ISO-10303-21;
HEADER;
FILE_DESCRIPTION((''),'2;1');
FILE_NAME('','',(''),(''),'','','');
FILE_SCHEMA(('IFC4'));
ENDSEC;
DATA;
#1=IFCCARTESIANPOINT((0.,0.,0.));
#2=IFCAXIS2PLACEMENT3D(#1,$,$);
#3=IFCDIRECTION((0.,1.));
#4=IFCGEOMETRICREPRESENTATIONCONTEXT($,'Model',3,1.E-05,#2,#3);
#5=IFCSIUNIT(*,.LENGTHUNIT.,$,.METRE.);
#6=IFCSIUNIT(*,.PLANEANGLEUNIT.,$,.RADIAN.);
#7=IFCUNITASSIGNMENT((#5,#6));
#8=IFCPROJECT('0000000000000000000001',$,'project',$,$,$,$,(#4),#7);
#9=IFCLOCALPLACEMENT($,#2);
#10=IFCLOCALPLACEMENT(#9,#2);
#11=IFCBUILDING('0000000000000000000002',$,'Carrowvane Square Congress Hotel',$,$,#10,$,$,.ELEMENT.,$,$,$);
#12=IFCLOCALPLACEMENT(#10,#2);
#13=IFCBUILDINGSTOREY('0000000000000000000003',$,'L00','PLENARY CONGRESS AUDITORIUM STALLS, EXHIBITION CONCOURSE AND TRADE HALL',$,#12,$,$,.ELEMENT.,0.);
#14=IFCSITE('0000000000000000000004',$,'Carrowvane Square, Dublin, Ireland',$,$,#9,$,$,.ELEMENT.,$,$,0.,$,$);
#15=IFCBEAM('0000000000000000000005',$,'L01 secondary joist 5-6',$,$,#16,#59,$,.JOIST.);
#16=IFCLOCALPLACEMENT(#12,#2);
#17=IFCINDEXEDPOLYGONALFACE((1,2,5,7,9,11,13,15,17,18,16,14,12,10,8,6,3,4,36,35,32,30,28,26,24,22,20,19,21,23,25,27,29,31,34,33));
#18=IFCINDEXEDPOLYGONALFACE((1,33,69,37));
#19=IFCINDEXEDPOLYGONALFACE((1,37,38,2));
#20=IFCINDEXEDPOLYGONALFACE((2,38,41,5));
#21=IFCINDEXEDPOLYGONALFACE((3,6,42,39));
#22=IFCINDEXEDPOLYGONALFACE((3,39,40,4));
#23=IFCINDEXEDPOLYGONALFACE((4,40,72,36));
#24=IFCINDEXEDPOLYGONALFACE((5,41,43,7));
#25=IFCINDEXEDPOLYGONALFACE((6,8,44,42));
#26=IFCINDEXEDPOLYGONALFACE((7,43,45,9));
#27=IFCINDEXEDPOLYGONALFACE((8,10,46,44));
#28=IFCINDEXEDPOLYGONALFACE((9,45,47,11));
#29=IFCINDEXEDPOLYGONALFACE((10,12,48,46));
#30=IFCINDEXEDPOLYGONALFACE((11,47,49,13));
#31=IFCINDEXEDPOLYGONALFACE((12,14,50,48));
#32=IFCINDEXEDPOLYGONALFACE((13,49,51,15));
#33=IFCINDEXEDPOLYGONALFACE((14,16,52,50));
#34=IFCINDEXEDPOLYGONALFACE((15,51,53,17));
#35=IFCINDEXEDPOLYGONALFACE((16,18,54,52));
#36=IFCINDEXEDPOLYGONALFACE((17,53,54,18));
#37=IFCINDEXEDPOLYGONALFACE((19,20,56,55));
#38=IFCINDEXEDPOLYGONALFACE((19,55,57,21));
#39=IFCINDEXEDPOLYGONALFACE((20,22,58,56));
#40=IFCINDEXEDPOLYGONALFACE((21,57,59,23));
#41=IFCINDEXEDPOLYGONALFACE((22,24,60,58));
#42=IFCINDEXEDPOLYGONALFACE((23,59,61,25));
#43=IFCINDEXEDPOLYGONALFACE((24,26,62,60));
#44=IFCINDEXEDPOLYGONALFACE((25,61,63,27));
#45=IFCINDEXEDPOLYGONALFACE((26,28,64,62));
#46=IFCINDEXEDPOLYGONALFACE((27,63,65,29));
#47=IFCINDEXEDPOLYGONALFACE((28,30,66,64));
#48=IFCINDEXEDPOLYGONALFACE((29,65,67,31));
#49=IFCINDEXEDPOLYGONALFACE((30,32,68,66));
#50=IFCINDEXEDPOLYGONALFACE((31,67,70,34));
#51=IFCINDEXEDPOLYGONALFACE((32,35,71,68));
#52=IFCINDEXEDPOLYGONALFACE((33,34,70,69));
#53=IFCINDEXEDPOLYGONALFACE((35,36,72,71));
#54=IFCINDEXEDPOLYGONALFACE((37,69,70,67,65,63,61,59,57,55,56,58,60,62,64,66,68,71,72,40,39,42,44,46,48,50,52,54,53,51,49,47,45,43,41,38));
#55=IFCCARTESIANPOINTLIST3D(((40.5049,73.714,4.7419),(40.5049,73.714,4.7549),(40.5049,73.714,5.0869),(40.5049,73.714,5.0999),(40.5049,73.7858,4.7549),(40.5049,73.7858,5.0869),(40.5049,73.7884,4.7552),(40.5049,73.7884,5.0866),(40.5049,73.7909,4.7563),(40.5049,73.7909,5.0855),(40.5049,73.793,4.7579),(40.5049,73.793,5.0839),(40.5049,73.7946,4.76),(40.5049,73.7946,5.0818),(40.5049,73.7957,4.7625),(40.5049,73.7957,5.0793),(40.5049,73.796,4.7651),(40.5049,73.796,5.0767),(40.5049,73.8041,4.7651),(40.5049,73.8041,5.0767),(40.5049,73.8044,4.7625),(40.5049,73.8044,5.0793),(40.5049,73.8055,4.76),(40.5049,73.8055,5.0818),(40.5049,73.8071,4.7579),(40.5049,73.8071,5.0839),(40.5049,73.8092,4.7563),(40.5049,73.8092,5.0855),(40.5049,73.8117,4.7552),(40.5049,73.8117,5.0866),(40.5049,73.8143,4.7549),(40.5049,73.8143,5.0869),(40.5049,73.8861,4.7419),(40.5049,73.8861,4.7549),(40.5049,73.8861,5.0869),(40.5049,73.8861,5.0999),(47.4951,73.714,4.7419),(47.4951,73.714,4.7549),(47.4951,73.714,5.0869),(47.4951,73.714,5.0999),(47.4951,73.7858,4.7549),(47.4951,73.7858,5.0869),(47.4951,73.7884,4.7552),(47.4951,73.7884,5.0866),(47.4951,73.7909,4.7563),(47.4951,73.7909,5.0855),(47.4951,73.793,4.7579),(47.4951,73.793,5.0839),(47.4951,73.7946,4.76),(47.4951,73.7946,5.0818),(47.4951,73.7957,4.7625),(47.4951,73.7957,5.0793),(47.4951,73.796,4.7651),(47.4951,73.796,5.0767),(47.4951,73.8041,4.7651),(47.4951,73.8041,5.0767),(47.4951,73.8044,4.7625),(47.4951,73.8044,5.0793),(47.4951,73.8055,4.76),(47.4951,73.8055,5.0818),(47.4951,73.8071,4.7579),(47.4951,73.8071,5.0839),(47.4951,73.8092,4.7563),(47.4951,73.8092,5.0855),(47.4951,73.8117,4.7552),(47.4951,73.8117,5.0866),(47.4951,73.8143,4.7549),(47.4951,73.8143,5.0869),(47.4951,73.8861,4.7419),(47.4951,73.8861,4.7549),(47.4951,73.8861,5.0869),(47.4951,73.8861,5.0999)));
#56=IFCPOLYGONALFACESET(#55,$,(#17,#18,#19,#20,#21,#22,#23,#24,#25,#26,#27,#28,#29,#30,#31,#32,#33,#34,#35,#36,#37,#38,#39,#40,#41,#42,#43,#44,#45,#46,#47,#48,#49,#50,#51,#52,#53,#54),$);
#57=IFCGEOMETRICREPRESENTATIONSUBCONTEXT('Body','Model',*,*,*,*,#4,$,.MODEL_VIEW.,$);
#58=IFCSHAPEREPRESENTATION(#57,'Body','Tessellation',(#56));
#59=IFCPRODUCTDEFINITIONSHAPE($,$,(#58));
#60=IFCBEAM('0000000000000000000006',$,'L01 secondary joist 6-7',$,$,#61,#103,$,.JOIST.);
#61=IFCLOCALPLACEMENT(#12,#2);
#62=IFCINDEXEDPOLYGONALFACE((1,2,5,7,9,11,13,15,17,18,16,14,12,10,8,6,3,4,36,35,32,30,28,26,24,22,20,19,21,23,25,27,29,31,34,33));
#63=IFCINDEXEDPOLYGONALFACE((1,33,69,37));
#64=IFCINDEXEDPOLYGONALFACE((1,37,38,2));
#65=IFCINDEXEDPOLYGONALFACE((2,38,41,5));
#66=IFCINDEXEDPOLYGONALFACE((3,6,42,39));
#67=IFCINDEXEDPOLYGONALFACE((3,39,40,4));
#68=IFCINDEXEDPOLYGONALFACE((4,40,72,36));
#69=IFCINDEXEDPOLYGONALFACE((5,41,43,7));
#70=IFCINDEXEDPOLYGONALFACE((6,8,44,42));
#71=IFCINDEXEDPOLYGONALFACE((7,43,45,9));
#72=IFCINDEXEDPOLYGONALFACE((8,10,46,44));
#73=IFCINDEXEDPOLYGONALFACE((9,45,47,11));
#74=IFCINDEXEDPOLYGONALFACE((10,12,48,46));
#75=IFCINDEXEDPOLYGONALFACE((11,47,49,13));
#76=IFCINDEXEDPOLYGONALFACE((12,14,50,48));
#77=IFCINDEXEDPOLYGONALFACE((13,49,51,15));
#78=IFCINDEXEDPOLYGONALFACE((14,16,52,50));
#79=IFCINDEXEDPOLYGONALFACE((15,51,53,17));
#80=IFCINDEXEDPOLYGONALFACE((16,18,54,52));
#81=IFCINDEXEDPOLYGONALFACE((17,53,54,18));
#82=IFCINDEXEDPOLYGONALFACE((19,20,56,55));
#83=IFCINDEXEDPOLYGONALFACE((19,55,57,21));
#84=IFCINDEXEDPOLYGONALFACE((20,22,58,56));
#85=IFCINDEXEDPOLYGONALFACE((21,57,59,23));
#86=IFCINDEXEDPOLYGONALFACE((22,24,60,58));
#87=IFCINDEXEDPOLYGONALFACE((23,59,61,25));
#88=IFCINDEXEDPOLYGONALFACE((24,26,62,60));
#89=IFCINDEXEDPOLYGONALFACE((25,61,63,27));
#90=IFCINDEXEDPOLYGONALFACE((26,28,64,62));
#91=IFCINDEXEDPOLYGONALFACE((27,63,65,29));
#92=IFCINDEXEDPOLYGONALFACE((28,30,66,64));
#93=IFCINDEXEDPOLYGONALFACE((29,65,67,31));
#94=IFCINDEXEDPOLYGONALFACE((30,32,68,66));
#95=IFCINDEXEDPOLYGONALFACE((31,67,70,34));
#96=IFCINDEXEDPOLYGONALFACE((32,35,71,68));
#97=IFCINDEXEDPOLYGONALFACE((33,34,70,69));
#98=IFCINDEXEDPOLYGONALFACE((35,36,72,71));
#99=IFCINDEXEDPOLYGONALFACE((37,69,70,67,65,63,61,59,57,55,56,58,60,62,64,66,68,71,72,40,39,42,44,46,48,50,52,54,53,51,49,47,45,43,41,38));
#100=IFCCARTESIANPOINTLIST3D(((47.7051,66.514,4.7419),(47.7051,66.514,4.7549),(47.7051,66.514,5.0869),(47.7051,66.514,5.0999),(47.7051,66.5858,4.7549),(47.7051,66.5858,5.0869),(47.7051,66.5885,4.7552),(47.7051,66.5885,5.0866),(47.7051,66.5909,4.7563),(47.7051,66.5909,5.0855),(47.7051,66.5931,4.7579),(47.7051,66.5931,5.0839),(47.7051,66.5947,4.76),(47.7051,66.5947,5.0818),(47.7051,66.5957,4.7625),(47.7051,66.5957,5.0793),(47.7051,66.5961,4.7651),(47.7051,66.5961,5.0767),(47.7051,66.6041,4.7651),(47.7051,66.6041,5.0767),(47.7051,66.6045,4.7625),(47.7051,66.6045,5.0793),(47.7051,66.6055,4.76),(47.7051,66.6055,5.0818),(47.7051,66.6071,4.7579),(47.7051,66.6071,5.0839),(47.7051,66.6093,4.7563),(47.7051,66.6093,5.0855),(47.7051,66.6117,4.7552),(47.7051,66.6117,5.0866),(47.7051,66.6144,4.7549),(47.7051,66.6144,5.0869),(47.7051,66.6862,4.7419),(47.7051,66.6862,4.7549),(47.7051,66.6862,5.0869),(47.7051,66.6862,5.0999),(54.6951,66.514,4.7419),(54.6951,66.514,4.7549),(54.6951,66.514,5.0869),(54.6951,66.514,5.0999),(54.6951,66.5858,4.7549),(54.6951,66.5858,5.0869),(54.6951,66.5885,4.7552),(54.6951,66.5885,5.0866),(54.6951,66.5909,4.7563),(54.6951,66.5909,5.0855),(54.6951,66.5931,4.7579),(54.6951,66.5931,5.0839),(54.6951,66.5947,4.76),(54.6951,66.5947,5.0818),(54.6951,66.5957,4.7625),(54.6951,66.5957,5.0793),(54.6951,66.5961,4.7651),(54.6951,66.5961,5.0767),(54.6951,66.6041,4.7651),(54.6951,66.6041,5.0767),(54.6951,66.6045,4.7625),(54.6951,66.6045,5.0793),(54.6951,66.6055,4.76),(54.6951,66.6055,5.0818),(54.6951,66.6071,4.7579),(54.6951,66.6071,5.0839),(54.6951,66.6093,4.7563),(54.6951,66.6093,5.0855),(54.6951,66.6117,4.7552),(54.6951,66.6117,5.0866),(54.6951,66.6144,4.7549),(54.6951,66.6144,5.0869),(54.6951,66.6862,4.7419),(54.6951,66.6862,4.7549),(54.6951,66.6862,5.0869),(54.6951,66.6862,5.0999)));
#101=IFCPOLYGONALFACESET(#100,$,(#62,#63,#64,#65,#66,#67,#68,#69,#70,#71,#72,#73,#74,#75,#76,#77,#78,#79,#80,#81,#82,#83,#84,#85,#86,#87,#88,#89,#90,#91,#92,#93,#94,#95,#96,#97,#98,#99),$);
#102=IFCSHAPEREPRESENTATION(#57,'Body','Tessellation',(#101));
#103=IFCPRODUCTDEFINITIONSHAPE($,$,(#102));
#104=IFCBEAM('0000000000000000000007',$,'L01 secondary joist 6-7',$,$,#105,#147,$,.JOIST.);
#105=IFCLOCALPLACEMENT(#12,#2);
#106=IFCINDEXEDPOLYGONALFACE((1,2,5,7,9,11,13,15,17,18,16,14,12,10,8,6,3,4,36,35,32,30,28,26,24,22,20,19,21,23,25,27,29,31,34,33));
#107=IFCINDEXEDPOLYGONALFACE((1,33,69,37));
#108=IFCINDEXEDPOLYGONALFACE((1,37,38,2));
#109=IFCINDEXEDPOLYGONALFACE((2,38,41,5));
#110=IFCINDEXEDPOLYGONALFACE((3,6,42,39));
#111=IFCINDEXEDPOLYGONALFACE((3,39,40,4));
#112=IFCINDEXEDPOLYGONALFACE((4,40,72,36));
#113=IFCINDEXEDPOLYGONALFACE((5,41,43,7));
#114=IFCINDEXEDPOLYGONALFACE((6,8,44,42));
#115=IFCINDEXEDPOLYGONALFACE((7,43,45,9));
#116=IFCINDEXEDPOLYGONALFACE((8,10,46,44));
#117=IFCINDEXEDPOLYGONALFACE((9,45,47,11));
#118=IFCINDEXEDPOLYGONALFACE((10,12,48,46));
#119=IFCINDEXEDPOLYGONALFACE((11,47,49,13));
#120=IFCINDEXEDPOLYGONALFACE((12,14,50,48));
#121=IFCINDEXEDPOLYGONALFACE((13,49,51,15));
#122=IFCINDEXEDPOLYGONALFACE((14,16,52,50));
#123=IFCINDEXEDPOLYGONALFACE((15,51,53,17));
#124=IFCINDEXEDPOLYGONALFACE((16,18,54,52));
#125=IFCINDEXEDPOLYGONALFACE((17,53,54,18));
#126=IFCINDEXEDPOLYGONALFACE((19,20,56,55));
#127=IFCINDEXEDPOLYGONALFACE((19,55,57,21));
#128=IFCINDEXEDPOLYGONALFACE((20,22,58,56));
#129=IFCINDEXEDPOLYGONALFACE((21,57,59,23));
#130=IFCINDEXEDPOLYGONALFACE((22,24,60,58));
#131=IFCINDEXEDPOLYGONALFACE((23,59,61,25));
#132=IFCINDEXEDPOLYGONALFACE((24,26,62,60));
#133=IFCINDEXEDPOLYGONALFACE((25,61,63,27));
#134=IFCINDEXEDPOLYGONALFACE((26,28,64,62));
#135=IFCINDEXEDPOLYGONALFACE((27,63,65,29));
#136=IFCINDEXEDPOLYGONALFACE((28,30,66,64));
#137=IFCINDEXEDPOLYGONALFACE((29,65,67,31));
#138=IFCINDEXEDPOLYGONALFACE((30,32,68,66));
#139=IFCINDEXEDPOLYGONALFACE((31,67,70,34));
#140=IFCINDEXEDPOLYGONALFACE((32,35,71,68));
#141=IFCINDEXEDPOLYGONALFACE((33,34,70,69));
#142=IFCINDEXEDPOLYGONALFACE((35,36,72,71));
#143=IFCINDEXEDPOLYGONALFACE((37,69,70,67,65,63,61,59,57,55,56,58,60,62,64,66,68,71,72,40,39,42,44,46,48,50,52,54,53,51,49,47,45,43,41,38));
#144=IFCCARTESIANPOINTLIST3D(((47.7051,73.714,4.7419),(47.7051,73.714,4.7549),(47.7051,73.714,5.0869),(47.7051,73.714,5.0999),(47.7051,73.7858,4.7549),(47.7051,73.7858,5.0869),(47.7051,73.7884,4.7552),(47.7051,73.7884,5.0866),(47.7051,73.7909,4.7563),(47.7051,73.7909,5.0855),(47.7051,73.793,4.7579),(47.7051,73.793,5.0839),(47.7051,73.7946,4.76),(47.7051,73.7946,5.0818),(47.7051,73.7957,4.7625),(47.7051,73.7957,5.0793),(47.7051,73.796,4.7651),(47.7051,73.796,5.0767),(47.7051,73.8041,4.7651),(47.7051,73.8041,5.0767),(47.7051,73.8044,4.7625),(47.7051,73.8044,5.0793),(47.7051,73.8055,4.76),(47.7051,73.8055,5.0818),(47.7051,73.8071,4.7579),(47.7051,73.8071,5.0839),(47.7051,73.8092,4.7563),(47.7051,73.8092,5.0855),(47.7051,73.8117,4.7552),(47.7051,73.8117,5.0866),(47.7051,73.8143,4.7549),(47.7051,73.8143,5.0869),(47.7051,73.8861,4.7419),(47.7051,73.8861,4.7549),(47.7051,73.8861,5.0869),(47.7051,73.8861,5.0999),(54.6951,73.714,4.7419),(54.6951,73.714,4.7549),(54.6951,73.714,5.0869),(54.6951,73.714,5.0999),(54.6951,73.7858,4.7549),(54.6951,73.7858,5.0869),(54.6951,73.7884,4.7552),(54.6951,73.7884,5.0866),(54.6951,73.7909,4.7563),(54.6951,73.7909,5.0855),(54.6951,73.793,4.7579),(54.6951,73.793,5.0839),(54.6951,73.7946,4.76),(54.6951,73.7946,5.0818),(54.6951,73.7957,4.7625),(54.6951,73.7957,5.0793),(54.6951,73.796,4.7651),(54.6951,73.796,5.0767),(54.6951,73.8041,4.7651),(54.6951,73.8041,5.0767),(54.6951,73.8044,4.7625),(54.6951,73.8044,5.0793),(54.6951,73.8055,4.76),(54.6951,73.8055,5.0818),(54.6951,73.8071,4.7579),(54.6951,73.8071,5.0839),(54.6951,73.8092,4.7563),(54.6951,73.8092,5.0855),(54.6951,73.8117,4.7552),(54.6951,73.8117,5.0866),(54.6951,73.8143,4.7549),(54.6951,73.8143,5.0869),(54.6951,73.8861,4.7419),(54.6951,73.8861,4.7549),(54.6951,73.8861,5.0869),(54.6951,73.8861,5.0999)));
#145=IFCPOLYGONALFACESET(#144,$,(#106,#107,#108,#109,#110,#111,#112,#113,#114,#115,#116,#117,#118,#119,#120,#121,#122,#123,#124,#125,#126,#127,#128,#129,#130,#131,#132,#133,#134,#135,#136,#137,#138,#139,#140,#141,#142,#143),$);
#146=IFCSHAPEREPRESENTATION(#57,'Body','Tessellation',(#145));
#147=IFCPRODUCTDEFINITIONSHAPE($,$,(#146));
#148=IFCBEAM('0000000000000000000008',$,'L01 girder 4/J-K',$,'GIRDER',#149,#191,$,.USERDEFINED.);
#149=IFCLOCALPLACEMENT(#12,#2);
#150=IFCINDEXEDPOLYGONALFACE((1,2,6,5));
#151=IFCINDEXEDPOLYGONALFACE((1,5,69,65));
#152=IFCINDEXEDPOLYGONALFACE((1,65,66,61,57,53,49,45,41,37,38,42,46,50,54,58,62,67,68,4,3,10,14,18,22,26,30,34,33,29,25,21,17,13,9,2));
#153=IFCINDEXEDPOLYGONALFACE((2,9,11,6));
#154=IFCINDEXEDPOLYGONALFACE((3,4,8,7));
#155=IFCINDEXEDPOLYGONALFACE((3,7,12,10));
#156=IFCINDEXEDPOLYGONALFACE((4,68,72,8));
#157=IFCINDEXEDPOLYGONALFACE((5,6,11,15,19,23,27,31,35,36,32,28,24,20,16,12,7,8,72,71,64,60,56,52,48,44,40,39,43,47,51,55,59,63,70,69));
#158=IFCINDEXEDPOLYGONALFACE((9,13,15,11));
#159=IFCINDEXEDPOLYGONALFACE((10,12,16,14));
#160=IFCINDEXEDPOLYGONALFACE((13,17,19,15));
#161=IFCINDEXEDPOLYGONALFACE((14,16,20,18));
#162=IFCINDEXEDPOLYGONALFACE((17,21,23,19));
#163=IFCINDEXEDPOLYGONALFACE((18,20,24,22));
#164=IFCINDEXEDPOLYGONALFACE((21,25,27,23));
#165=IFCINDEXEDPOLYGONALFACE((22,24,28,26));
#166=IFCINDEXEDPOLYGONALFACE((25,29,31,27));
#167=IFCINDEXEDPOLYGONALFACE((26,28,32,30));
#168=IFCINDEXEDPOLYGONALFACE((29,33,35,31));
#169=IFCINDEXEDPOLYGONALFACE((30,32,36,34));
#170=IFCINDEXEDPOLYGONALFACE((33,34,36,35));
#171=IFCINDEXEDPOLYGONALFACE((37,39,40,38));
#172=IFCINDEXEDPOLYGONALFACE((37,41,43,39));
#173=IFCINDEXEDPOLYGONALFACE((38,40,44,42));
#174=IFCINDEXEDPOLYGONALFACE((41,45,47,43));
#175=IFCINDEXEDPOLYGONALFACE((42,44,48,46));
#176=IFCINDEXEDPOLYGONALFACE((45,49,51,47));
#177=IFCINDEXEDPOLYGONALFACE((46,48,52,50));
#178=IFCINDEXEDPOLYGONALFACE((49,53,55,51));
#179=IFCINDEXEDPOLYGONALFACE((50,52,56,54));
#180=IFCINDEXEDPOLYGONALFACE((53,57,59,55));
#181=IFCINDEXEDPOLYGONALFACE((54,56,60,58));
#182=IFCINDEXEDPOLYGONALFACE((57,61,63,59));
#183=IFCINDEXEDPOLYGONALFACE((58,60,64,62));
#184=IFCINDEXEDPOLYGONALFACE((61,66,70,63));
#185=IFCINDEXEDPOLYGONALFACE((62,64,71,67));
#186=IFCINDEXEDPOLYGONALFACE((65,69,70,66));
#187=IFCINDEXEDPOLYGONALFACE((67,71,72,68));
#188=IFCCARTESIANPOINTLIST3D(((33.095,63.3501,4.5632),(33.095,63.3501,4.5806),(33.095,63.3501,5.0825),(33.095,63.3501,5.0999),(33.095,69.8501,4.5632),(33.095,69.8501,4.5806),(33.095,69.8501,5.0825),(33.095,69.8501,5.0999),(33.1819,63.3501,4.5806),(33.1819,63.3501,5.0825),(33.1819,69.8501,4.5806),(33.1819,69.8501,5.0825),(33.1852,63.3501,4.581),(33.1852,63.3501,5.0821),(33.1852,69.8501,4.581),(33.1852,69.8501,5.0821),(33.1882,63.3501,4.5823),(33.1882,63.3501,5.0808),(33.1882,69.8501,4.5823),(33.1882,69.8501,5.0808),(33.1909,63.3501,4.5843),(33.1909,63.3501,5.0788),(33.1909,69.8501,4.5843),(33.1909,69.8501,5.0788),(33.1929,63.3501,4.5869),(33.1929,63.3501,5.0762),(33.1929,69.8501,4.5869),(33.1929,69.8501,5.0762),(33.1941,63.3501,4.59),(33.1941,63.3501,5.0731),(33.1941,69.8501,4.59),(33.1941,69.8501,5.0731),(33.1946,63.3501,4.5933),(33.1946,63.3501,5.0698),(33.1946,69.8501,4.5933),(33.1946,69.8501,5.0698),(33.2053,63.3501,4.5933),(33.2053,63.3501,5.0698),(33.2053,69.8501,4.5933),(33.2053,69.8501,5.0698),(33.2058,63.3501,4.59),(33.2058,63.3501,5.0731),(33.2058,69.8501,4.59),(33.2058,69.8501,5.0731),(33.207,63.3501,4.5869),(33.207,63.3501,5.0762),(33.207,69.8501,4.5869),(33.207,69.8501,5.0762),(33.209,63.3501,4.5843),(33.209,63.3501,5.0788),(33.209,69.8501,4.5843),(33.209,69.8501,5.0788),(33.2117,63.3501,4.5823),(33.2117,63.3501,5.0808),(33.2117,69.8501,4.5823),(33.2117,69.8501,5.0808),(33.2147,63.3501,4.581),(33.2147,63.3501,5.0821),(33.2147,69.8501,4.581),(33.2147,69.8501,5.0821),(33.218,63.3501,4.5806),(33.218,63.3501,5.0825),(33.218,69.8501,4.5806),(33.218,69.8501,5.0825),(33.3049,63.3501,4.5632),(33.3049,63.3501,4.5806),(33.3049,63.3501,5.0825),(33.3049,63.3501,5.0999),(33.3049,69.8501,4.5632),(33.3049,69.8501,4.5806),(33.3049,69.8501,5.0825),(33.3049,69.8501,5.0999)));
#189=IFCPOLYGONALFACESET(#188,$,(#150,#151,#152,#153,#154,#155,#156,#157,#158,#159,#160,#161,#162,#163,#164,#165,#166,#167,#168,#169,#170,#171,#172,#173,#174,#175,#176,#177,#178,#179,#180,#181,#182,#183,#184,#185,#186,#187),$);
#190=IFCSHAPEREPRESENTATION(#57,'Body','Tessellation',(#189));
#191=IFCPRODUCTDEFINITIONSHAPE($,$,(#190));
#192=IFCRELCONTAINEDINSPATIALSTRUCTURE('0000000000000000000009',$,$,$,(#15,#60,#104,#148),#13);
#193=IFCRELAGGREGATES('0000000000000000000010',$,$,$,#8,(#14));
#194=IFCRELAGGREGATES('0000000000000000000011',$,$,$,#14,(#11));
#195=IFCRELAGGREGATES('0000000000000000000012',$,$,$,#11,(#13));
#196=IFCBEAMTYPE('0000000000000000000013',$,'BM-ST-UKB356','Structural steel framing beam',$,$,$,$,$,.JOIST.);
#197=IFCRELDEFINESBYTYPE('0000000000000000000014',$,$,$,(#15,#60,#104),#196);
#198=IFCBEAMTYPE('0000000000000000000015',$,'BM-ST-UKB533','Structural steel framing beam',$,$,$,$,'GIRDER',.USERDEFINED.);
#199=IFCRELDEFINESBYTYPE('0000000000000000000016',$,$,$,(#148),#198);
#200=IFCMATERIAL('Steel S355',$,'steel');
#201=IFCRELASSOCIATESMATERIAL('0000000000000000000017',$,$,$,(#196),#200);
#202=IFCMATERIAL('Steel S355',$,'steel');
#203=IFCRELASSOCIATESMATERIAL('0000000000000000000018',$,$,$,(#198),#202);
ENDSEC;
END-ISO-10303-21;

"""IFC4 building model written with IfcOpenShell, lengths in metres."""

from ifc_helpers import new_model, si_unit, direction, frame, origin, origin_2d, place, context, subcontext, project, spatial, i_section, extrude, material, material_profile, profile_set, type_object, element, save


model = new_model("IFC4")

# Units and contexts
model_context = context("Model", 3, precision=1e-05, world=origin(), true_north=direction((0.0, 1.0)))
body_context = subcontext(model_context, "Body", "Model", "MODEL_VIEW")
ifc_project = project(units=[si_unit("LENGTHUNIT", "METRE"), si_unit("PLANEANGLEUNIT", "RADIAN")], contexts=[model_context])

# Site, building, storey
site_placement = place(None, origin())
site = spatial("IfcSite", under=ifc_project, at=site_placement, Name="Carrowvane Square, Dublin, Ireland", CompositionType="ELEMENT", RefElevation=0.0)
building_placement = place(site_placement, origin())
building = spatial("IfcBuilding", under=site, at=building_placement, Name="Carrowvane Square Congress Hotel", CompositionType="ELEMENT")
storey_placement = place(building_placement, origin())
storey = spatial("IfcBuildingStorey", under=building, at=storey_placement, Name="L00", Description="PLENARY CONGRESS AUDITORIUM STALLS, EXHIBITION CONCOURSE AND TRADE HALL", CompositionType="ELEMENT", Elevation=0.0)

# Beams
ifc_material_1 = material(Name="Steel S355", Category="steel")
ifc_material_profile_1 = material_profile(ifc_material_1, i_section(OverallWidth=0.1721, OverallDepth=0.3579, WebThickness=0.0081, FlangeThickness=0.0129, FilletRadius=0.0103, at=origin_2d()), Name="UKB 356x171x57")
ifc_profile_set_1 = profile_set([ifc_material_profile_1], Name="Steel S355")
beam_type_1 = type_object("IfcBeamType", Name="BM-ST-UKB356", Description="Structural steel framing beam", PredefinedType="JOIST", material=ifc_profile_set_1)
for number, where, z_axis, x_axis, name in (
    (1, (40.5049, 73.8, 4.9209), (1.0, 0.0, 0.0), (0.0, 1.0, 0.0), "L01 secondary joist 5-6"),
):
    element("IfcBeam", number, at=place(storey_placement, frame(where, z_axis=z_axis, x_axis=x_axis)), inside=storey, type_object=beam_type_1, Name=name, PredefinedType="JOIST", context=body_context, shape_type="SweptSolid", body=[
        extrude(i_section(OverallWidth=0.1721, OverallDepth=0.3579, WebThickness=0.0081, FlangeThickness=0.0129, FilletRadius=0.0103, at=origin_2d()), origin(), (0.0, 0.0, 1.0), 6.9902),
    ])
for number, where, z_axis, x_axis, name in (
    (2, (47.7051, 66.6001, 4.9209), (1.0, 0.0, 0.0), (0.0, 1.0, 0.0), "L01 secondary joist 6-7"),
    (3, (47.7051, 73.8, 4.9209), (1.0, 0.0, 0.0), (0.0, 1.0, 0.0), "L01 secondary joist 6-7"),
):
    element("IfcBeam", number, at=place(storey_placement, frame(where, z_axis=z_axis, x_axis=x_axis)), inside=storey, type_object=beam_type_1, Name=name, PredefinedType="JOIST", context=body_context, shape_type="SweptSolid", body=[
        extrude(i_section(OverallWidth=0.1721, OverallDepth=0.3579, WebThickness=0.0081, FlangeThickness=0.0129, FilletRadius=0.0103, at=origin_2d()), origin(), (0.0, 0.0, 1.0), 6.99),
    ])
ifc_material_2 = material(Name="Steel S355", Category="steel")
ifc_material_profile_2 = material_profile(ifc_material_2, i_section(OverallWidth=0.21, OverallDepth=0.5366, WebThickness=0.0107, FlangeThickness=0.0173, FilletRadius=0.0127, at=origin_2d()), Name="UKB 533x210x101")
ifc_profile_set_2 = profile_set([ifc_material_profile_2], Name="Steel S355")
beam_type_2 = type_object("IfcBeamType", Name="BM-ST-UKB533", Description="Structural steel framing beam", ElementType="GIRDER", PredefinedType="USERDEFINED", material=ifc_profile_set_2)
for number, where, z_axis, x_axis, name in (
    (4, (33.2, 63.3501, 4.8315), (0.0, 1.0, 0.0), (-1.0, 0.0, 0.0), "L01 girder 4/J-K"),
):
    element("IfcBeam", number, at=place(storey_placement, frame(where, z_axis=z_axis, x_axis=x_axis)), inside=storey, type_object=beam_type_2, Name=name, ObjectType="GIRDER", PredefinedType="USERDEFINED", context=body_context, shape_type="SweptSolid", body=[
        extrude(i_section(OverallWidth=0.21, OverallDepth=0.5366, WebThickness=0.0107, FlangeThickness=0.0173, FilletRadius=0.0127, at=origin_2d()), origin(), (0.0, 0.0, 1.0), 6.5),
    ])

save(model, "model.ifc")
